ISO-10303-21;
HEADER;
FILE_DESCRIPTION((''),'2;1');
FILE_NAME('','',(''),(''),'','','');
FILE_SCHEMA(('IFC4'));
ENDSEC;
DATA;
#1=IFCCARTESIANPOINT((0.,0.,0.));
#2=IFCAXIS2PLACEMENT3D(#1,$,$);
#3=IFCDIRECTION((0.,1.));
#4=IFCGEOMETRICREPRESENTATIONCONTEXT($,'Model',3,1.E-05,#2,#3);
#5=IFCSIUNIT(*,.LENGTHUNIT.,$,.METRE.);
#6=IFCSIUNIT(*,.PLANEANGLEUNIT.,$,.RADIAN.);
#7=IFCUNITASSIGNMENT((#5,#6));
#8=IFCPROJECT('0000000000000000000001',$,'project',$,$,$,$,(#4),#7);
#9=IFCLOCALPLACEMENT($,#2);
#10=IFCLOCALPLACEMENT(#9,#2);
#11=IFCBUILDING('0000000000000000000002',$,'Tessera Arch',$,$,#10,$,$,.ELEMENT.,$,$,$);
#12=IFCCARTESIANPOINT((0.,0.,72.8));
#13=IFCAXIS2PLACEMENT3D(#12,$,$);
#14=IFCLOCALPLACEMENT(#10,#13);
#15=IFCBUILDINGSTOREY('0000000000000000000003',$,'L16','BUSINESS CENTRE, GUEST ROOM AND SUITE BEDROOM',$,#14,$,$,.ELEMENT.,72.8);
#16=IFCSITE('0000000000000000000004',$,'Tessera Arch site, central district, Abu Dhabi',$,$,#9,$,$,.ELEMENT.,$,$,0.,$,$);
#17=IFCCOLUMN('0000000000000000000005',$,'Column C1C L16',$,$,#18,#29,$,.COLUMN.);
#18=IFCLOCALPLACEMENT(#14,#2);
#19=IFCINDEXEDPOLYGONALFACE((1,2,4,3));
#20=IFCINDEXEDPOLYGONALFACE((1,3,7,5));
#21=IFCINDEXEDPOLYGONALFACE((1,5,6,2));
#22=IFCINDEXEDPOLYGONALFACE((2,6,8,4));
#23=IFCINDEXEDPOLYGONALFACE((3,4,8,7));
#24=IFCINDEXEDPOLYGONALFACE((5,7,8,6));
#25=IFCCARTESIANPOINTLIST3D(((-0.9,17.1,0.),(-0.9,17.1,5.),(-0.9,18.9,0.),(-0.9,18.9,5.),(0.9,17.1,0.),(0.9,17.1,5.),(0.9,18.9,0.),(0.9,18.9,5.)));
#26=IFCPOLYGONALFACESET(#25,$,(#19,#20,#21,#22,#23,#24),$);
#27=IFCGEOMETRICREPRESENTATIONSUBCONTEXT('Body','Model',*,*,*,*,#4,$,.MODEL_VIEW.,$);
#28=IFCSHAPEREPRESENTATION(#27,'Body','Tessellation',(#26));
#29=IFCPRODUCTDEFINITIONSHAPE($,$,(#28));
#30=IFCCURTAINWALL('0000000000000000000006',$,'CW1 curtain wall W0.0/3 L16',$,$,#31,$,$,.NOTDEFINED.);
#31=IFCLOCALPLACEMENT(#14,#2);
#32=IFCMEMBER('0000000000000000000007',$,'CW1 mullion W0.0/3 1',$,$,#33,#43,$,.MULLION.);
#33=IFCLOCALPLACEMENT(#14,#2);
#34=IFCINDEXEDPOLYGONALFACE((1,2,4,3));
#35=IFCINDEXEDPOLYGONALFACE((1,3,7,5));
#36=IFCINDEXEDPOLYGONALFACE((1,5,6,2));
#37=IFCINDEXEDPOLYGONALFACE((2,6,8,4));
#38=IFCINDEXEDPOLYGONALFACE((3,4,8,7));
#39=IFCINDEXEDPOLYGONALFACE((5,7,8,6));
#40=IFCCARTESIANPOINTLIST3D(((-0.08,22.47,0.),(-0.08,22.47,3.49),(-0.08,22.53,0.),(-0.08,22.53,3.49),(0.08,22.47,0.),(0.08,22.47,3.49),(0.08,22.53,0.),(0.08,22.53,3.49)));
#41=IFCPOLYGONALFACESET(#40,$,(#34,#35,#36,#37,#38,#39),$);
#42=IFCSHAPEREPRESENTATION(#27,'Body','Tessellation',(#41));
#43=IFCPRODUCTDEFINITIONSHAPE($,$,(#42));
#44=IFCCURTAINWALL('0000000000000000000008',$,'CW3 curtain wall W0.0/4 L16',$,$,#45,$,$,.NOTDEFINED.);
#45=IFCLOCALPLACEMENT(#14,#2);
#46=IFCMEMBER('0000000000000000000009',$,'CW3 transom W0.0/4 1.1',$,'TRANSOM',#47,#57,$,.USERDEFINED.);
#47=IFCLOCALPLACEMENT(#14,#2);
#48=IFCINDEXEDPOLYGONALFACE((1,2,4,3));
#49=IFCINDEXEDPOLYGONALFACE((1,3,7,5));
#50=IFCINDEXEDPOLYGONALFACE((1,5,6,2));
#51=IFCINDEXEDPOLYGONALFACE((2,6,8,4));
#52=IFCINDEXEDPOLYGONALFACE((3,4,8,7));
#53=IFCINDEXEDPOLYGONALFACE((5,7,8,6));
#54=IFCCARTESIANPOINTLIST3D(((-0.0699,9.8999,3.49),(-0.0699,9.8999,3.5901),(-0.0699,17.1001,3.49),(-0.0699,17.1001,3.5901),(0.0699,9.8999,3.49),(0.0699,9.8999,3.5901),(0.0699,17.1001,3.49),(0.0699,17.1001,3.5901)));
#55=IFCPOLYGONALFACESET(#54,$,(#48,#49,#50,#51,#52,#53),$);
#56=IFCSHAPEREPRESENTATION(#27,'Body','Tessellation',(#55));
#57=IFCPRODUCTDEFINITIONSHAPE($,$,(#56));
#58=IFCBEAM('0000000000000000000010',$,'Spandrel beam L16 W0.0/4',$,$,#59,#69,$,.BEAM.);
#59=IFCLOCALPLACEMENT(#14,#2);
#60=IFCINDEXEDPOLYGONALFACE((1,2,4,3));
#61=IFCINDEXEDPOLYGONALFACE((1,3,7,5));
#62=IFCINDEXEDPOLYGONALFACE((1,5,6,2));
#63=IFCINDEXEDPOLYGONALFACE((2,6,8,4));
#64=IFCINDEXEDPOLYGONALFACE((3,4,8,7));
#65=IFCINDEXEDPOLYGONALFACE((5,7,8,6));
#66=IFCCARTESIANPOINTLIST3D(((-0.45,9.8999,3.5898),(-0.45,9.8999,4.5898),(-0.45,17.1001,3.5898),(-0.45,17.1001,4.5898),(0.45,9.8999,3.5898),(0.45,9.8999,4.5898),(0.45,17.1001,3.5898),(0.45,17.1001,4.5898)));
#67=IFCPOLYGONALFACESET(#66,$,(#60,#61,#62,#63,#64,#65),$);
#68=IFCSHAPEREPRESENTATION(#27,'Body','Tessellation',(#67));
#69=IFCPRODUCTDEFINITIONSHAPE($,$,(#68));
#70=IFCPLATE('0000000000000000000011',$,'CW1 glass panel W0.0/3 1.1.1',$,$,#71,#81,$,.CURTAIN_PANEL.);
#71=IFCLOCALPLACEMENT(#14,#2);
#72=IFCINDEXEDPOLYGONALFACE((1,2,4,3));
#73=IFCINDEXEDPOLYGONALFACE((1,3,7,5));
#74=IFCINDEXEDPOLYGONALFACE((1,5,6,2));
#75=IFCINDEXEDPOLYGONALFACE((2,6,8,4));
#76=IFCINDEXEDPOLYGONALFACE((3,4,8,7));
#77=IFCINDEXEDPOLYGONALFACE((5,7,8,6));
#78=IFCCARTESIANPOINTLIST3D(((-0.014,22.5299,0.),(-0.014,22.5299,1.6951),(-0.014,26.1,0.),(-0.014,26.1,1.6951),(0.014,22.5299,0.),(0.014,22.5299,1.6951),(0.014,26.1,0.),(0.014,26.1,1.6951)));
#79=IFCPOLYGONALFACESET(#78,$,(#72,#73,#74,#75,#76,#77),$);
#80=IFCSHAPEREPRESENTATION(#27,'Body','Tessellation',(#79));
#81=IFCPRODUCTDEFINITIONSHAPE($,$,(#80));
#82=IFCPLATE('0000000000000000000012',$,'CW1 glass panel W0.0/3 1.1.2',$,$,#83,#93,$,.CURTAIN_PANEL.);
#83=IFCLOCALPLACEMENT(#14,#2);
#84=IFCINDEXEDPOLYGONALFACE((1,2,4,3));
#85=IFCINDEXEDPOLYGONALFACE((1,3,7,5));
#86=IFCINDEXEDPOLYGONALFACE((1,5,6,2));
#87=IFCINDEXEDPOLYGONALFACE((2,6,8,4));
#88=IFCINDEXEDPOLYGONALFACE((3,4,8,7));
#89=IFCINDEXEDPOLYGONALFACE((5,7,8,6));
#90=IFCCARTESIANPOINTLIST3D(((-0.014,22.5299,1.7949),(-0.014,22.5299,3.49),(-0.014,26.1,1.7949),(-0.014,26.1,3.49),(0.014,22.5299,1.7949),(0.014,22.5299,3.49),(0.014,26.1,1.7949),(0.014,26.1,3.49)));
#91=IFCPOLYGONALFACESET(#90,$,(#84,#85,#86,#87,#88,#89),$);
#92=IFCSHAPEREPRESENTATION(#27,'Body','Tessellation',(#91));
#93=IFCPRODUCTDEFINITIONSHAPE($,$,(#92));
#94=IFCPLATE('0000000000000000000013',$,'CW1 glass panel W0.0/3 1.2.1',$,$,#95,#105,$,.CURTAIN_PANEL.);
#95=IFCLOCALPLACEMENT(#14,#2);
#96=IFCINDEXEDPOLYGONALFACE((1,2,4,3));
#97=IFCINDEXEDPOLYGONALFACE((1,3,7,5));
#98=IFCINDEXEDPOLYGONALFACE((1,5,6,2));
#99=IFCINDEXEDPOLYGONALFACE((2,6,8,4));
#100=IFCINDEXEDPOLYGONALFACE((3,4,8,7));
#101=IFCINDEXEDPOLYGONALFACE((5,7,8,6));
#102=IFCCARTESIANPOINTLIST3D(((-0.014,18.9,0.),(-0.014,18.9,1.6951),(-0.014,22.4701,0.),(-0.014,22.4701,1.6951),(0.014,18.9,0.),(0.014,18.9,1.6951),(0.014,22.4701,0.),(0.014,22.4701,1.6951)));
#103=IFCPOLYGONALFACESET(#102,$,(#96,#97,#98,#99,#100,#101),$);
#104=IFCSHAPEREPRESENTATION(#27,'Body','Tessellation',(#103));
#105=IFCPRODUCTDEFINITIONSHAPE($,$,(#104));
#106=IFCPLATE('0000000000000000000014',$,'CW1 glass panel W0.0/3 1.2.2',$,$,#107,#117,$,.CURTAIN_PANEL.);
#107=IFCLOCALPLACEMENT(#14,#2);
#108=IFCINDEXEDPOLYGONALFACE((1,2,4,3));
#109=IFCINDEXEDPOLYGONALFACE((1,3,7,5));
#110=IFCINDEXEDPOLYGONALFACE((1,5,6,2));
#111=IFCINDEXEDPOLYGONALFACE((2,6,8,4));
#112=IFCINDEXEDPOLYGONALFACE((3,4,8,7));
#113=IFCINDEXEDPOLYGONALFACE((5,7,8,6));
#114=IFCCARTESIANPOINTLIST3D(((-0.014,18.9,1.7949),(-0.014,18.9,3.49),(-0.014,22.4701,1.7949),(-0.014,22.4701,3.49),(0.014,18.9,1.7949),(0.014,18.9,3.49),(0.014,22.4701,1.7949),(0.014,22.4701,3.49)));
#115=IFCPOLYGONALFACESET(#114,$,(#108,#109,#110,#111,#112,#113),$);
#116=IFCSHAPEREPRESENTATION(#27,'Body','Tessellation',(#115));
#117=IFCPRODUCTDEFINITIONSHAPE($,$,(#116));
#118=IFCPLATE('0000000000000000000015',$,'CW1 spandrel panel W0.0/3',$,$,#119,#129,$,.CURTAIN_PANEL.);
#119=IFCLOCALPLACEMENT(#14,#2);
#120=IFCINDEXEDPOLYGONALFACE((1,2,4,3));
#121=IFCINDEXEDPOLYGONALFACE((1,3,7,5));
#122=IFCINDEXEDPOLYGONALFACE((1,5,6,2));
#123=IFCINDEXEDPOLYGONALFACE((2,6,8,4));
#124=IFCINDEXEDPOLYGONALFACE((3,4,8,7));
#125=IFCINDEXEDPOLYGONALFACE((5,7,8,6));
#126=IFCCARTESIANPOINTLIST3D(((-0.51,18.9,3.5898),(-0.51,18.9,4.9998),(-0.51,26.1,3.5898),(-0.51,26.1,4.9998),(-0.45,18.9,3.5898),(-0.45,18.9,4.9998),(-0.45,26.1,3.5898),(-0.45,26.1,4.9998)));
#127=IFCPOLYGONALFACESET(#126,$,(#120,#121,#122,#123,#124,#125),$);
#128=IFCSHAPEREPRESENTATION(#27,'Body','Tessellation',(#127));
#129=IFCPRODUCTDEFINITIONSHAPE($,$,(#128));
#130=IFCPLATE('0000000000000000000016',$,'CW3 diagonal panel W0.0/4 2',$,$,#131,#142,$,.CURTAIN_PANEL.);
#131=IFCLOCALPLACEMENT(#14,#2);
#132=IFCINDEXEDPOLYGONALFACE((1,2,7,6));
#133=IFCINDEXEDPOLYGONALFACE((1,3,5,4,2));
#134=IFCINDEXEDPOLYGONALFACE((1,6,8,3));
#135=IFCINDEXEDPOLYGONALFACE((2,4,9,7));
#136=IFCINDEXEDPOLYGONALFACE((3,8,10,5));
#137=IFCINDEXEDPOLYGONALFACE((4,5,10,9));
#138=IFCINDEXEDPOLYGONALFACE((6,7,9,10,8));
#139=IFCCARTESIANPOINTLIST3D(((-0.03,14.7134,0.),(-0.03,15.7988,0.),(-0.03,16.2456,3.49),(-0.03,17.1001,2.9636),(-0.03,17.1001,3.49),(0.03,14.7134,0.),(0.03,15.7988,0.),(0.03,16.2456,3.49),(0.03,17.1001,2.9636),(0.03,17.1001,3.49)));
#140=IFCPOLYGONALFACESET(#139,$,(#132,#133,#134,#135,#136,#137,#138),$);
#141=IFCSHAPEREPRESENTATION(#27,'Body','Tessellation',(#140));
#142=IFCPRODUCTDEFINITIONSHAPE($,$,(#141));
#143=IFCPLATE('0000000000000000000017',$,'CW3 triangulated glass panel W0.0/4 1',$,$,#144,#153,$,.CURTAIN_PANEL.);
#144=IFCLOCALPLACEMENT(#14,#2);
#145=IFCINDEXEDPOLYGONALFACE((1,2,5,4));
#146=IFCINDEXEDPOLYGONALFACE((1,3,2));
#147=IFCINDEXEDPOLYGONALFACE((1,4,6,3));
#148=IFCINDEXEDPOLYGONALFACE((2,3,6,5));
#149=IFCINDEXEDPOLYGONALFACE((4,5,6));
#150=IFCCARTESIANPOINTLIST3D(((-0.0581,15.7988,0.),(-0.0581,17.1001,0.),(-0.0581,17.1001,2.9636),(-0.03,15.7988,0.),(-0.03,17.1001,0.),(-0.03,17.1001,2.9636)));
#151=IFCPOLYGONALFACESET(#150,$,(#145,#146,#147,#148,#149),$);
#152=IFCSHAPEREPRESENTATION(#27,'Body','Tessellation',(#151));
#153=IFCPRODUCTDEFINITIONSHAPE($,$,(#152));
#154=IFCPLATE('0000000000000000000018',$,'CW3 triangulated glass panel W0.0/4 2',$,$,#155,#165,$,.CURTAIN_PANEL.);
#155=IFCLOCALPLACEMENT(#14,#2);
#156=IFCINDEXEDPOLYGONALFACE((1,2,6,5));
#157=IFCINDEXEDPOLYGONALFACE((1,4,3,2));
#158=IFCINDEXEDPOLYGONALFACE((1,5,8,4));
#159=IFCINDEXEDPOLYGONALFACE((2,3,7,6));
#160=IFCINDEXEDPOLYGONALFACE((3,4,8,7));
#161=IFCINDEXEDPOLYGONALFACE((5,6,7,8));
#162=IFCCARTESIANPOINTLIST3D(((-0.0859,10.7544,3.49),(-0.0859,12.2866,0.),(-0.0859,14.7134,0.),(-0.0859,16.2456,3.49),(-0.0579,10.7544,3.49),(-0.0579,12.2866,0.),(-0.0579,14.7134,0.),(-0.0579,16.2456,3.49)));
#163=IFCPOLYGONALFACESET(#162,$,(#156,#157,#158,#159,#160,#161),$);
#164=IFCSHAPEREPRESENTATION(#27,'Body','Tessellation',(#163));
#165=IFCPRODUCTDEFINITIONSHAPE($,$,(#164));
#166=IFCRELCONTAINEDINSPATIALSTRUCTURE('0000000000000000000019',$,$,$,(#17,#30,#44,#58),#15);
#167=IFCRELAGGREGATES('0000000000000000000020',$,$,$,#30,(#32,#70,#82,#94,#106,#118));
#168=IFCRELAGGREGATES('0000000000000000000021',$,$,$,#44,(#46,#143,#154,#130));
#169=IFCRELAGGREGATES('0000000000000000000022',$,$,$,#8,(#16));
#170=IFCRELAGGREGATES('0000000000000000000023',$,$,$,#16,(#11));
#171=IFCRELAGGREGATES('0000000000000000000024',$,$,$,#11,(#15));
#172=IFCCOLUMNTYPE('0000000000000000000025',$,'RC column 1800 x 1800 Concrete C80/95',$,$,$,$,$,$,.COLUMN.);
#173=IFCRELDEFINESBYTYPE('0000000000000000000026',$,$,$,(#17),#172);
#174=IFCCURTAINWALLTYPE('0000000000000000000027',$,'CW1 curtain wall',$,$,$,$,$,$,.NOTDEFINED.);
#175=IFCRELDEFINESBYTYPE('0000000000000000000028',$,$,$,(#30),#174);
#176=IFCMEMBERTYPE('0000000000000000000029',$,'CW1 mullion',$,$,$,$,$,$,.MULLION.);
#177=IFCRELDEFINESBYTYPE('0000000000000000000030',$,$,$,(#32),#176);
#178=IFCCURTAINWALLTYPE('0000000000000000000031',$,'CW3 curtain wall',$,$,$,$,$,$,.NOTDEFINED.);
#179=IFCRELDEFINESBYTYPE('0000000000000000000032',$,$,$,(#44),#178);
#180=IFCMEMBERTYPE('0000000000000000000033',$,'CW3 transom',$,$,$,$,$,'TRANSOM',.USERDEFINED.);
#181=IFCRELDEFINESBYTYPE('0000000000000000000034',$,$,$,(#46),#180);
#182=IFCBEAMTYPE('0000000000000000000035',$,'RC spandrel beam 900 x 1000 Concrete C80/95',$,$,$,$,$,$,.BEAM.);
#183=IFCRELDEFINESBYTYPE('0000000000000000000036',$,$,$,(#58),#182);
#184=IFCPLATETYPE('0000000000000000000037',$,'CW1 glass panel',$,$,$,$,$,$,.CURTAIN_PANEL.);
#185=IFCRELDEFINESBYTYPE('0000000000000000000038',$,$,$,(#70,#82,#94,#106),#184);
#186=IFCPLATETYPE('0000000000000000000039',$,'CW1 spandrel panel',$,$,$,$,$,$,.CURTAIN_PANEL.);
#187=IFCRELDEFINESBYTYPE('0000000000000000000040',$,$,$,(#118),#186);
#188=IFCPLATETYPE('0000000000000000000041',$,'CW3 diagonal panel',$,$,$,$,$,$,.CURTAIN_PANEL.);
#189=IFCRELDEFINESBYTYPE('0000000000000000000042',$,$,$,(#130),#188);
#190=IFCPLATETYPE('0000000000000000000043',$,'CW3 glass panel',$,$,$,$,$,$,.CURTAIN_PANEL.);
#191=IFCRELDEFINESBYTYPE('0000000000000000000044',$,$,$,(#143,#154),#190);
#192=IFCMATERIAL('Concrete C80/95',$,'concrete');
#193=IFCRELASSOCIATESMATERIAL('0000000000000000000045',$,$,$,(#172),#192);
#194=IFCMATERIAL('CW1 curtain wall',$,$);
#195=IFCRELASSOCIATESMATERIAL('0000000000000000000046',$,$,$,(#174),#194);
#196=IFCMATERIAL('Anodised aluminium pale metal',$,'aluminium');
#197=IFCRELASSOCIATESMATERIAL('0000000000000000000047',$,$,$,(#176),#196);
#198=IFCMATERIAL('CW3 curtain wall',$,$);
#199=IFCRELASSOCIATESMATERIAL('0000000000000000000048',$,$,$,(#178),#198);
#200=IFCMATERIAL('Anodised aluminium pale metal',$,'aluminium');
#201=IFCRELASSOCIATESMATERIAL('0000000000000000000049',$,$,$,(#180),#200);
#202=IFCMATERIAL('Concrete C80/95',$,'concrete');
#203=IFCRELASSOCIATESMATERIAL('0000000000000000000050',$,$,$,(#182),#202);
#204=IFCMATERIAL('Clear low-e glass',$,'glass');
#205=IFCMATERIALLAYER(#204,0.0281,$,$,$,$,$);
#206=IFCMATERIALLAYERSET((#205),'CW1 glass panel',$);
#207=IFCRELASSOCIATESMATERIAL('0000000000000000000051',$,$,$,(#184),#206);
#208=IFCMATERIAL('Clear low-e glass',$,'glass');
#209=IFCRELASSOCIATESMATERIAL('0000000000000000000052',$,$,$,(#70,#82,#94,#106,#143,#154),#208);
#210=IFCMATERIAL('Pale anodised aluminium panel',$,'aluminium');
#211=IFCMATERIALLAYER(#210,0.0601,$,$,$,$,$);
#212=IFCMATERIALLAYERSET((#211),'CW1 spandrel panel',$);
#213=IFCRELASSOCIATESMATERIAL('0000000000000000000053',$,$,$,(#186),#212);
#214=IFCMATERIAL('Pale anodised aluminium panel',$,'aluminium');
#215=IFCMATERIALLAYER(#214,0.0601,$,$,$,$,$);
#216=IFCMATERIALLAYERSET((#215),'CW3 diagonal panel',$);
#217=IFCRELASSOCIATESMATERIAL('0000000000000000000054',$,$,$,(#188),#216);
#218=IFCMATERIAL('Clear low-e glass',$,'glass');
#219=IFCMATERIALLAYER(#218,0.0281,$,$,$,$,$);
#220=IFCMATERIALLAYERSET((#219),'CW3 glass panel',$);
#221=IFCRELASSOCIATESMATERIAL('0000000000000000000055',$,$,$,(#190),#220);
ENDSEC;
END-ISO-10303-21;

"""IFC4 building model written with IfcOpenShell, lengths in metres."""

from ifc_helpers import new_model, si_unit, direction, frame, origin, origin_2d, place, context, subcontext, project, spatial, polyline, rectangle, outline, extrude, material, layer, layer_set, material_profile, profile_set, type_object, element, aggregate, save


model = new_model("IFC4")

# Units and contexts
model_context = context("Model", 3, precision=1e-05, world=origin(), true_north=direction((0.0, 1.0)))
body_context = subcontext(model_context, "Body", "Model", "MODEL_VIEW")
ifc_project = project(units=[si_unit("LENGTHUNIT", "METRE"), si_unit("PLANEANGLEUNIT", "RADIAN")], contexts=[model_context])

# Site, building, storey
site_placement = place(None, origin())
site = spatial("IfcSite", under=ifc_project, at=site_placement, Name="Tessera Arch site, central district, Abu Dhabi", CompositionType="ELEMENT", RefElevation=0.0)
building_placement = place(site_placement, origin())
building = spatial("IfcBuilding", under=site, at=building_placement, Name="Tessera Arch", CompositionType="ELEMENT")
storey_placement = place(building_placement, frame((0.0, 0.0, 72.8)))
storey = spatial("IfcBuildingStorey", under=building, at=storey_placement, Name="L16", Description="BUSINESS CENTRE, GUEST ROOM AND SUITE BEDROOM", CompositionType="ELEMENT", Elevation=72.8)

# Column
ifc_material_1 = material(Name="Concrete C80/95", Category="concrete")
ifc_material_profile_1 = material_profile(ifc_material_1, rectangle(XDim=1.8, YDim=1.8, at=origin_2d()), Name="RC column 1800 x 1800 Concrete C80/95")
ifc_profile_set_1 = profile_set([ifc_material_profile_1], Name="Concrete C80/95")
column_type = type_object("IfcColumnType", Name="RC column 1800 x 1800 Concrete C80/95", PredefinedType="COLUMN", material=ifc_profile_set_1)
column_placement = place(storey_placement, frame((0.0, 18.0, 0.0), z_axis=(0.0, 0.0, 1.0), x_axis=(1.0, 0.0, 0.0)))
element("IfcColumn", 1, at=column_placement, inside=storey, type_object=column_type, Name="Column C1C L16", PredefinedType="COLUMN", context=body_context, shape_type="SweptSolid", body=[
    extrude(rectangle(XDim=1.8, YDim=1.8, at=origin_2d()), origin(), (0.0, 0.0, 1.0), 5.0),
])

# Curtain walls, members
ifc_material_2 = material(Name="CW1 curtain wall")
curtain_wall_type_1 = type_object("IfcCurtainWallType", Name="CW1 curtain wall", PredefinedType="NOTDEFINED", material=ifc_material_2)
curtain_wall_1_placement = place(storey_placement, origin())
curtain_wall_1 = element("IfcCurtainWall", 2, at=curtain_wall_1_placement, inside=storey, type_object=curtain_wall_type_1, Name="CW1 curtain wall W0.0/3 L16", PredefinedType="NOTDEFINED")
ifc_material_3 = material(Name="Anodised aluminium pale metal", Category="aluminium")
ifc_material_profile_2 = material_profile(ifc_material_3, rectangle(XDim=0.1599, YDim=0.0601, at=origin_2d()), Name="AL 60x160")
ifc_profile_set_2 = profile_set([ifc_material_profile_2], Name="Anodised aluminium pale metal")
member_type_1 = type_object("IfcMemberType", Name="CW1 mullion", PredefinedType="MULLION", material=ifc_profile_set_2)
member_1_placement = place(storey_placement, frame((0.0, 22.5, 0.0), z_axis=(0.0, 0.0, 1.0), x_axis=(1.0, 0.0, 0.0)))
member_1 = element("IfcMember", 3, at=member_1_placement, type_object=member_type_1, Name="CW1 mullion W0.0/3 1", PredefinedType="MULLION", context=body_context, shape_type="SweptSolid", body=[
    extrude(rectangle(XDim=0.1599, YDim=0.0601, at=origin_2d()), origin(), (0.0, 0.0, 1.0), 3.49),
])
ifc_material_4 = material(Name="CW3 curtain wall")
curtain_wall_type_2 = type_object("IfcCurtainWallType", Name="CW3 curtain wall", PredefinedType="NOTDEFINED", material=ifc_material_4)
curtain_wall_2_placement = place(storey_placement, origin())
curtain_wall_2 = element("IfcCurtainWall", 4, at=curtain_wall_2_placement, inside=storey, type_object=curtain_wall_type_2, Name="CW3 curtain wall W0.0/4 L16", PredefinedType="NOTDEFINED")
ifc_material_5 = material(Name="Anodised aluminium pale metal", Category="aluminium")
ifc_material_profile_3 = material_profile(ifc_material_5, rectangle(XDim=0.1399, YDim=0.1001, at=origin_2d()), Name="AL 140x100")
ifc_profile_set_3 = profile_set([ifc_material_profile_3], Name="Anodised aluminium pale metal")
member_type_2 = type_object("IfcMemberType", Name="CW3 transom", ElementType="TRANSOM", PredefinedType="USERDEFINED", material=ifc_profile_set_3)
member_2_placement = place(storey_placement, frame((0.0, 17.1001, 3.54), z_axis=(0.0, -1.0, 0.0), x_axis=(1.0, 0.0, 0.0)))
member_2 = element("IfcMember", 5, at=member_2_placement, type_object=member_type_2, Name="CW3 transom W0.0/4 1.1", ObjectType="TRANSOM", PredefinedType="USERDEFINED", context=body_context, shape_type="SweptSolid", body=[
    extrude(rectangle(XDim=0.1399, YDim=0.1001, at=origin_2d()), origin(), (0.0, 0.0, 1.0), 7.2002),
])

# Beam
ifc_material_6 = material(Name="Concrete C80/95", Category="concrete")
ifc_material_profile_4 = material_profile(ifc_material_6, rectangle(XDim=0.8999, YDim=1.0, at=origin_2d()), Name="RC spandrel beam 900 x 1000 Concrete C80/95")
ifc_profile_set_4 = profile_set([ifc_material_profile_4], Name="Concrete C80/95")
beam_type = type_object("IfcBeamType", Name="RC spandrel beam 900 x 1000 Concrete C80/95", PredefinedType="BEAM", material=ifc_profile_set_4)
beam_placement = place(storey_placement, frame((0.0, 17.1001, 4.0898), z_axis=(0.0, -1.0, 0.0), x_axis=(1.0, 0.0, 0.0)))
element("IfcBeam", 6, at=beam_placement, inside=storey, type_object=beam_type, Name="Spandrel beam L16 W0.0/4", PredefinedType="BEAM", context=body_context, shape_type="SweptSolid", body=[
    extrude(rectangle(XDim=0.8999, YDim=1.0, at=origin_2d()), origin(), (0.0, 0.0, 1.0), 7.2002),
])

# Plates
ifc_material_7 = material(Name="Clear low-e glass", Category="glass")
ifc_material_8 = material(Name="Clear low-e glass", Category="glass")
ifc_layer_1 = layer(ifc_material_8, 0.0281)
ifc_layer_set_1 = layer_set([ifc_layer_1], Name="CW1 glass panel")
plate_type_1 = type_object("IfcPlateType", Name="CW1 glass panel", PredefinedType="CURTAIN_PANEL", material=ifc_layer_set_1)
plate_1_placement = place(storey_placement, frame((0.0, 24.3149, 0.0), z_axis=(0.0, 0.0, 1.0), x_axis=(0.0, -1.0, 0.0)))
plate_1 = element("IfcPlate", 7, at=plate_1_placement, type_object=plate_type_1, material=ifc_material_7, Name="CW1 glass panel W0.0/3 1.1.1", PredefinedType="CURTAIN_PANEL", context=body_context, shape_type="SweptSolid", body=[
    extrude(rectangle(XDim=3.5701, YDim=0.0281, at=origin_2d()), origin(), (0.0, 0.0, 1.0), 1.6951),
])
plate_2_placement = place(storey_placement, frame((0.0, 24.3149, 1.7949), z_axis=(0.0, 0.0, 1.0), x_axis=(0.0, -1.0, 0.0)))
plate_2 = element("IfcPlate", 8, at=plate_2_placement, type_object=plate_type_1, material=ifc_material_7, Name="CW1 glass panel W0.0/3 1.1.2", PredefinedType="CURTAIN_PANEL", context=body_context, shape_type="SweptSolid", body=[
    extrude(rectangle(XDim=3.5701, YDim=0.0281, at=origin_2d()), origin(), (0.0, 0.0, 1.0), 1.6951),
])
plate_3_placement = place(storey_placement, frame((0.0, 20.6851, 0.0), z_axis=(0.0, 0.0, 1.0), x_axis=(0.0, -1.0, 0.0)))
plate_3 = element("IfcPlate", 9, at=plate_3_placement, type_object=plate_type_1, material=ifc_material_7, Name="CW1 glass panel W0.0/3 1.2.1", PredefinedType="CURTAIN_PANEL", context=body_context, shape_type="SweptSolid", body=[
    extrude(rectangle(XDim=3.5701, YDim=0.0281, at=origin_2d()), origin(), (0.0, 0.0, 1.0), 1.6951),
])
plate_4_placement = place(storey_placement, frame((0.0, 20.6851, 1.7949), z_axis=(0.0, 0.0, 1.0), x_axis=(0.0, -1.0, 0.0)))
plate_4 = element("IfcPlate", 10, at=plate_4_placement, type_object=plate_type_1, material=ifc_material_7, Name="CW1 glass panel W0.0/3 1.2.2", PredefinedType="CURTAIN_PANEL", context=body_context, shape_type="SweptSolid", body=[
    extrude(rectangle(XDim=3.5701, YDim=0.0281, at=origin_2d()), origin(), (0.0, 0.0, 1.0), 1.6951),
])
ifc_material_9 = material(Name="Pale anodised aluminium panel", Category="aluminium")
ifc_layer_2 = layer(ifc_material_9, 0.0601)
ifc_layer_set_2 = layer_set([ifc_layer_2], Name="CW1 spandrel panel")
plate_type_2 = type_object("IfcPlateType", Name="CW1 spandrel panel", PredefinedType="CURTAIN_PANEL", material=ifc_layer_set_2)
plate_5_placement = place(storey_placement, frame((-0.48, 22.5, 3.5898), z_axis=(0.0, 0.0, 1.0), x_axis=(0.0, -1.0, 0.0)))
plate_5 = element("IfcPlate", 11, at=plate_5_placement, type_object=plate_type_2, Name="CW1 spandrel panel W0.0/3", PredefinedType="CURTAIN_PANEL", context=body_context, shape_type="SweptSolid", body=[
    extrude(rectangle(XDim=7.2, YDim=0.0601, at=origin_2d()), origin(), (0.0, 0.0, 1.0), 1.4099),
])
aggregate(curtain_wall_1, [member_1, plate_1, plate_2, plate_3, plate_4, plate_5])
ifc_material_10 = material(Name="Pale anodised aluminium panel", Category="aluminium")
ifc_layer_3 = layer(ifc_material_10, 0.0601)
ifc_layer_set_3 = layer_set([ifc_layer_3], Name="CW3 diagonal panel")
plate_type_3 = type_object("IfcPlateType", Name="CW3 diagonal panel", PredefinedType="CURTAIN_PANEL", material=ifc_layer_set_3)
plate_6_placement = place(storey_placement, frame((-0.03, 17.1001, 3.49), z_axis=(-1.0, 0.0, 0.0), x_axis=(0.0, 0.0, -1.0)))
plate_6 = element("IfcPlate", 12, at=plate_6_placement, type_object=plate_type_3, Name="CW3 diagonal panel W0.0/4 2", PredefinedType="CURTAIN_PANEL", context=body_context, shape_type="SweptSolid", body=[
    extrude(outline(polyline([(0.0, 0.0), (0.5264, 0.0), (3.49, 1.3013), (3.49, 2.3867), (0.0, 0.8545), (0.0, 0.0)])), origin(), (0.0, 0.0, -1.0), 0.0601),
])
ifc_material_11 = material(Name="Clear low-e glass", Category="glass")
ifc_layer_4 = layer(ifc_material_11, 0.0281)
ifc_layer_set_4 = layer_set([ifc_layer_4], Name="CW3 glass panel")
plate_type_4 = type_object("IfcPlateType", Name="CW3 glass panel", PredefinedType="CURTAIN_PANEL", material=ifc_layer_set_4)
plate_7_placement = place(storey_placement, frame((-0.0581, 17.1001, 0.0), z_axis=(-1.0, 0.0, 0.0), x_axis=(0.0, -1.0, 0.0)))
plate_7 = element("IfcPlate", 13, at=plate_7_placement, type_object=plate_type_4, material=ifc_material_7, Name="CW3 triangulated glass panel W0.0/4 1", PredefinedType="CURTAIN_PANEL", context=body_context, shape_type="SweptSolid", body=[
    extrude(outline(polyline([(0.0, 0.0), (1.3013, 0.0), (0.0, 2.9636), (0.0, 0.0)])), origin(), (0.0, 0.0, -1.0), 0.0281),
])
plate_8_placement = place(storey_placement, frame((-0.0859, 10.7544, 3.49), z_axis=(-1.0, 0.0, 0.0), x_axis=(0.0, 1.0, 0.0)))
plate_8 = element("IfcPlate", 14, at=plate_8_placement, type_object=plate_type_4, material=ifc_material_7, Name="CW3 triangulated glass panel W0.0/4 2", PredefinedType="CURTAIN_PANEL", context=body_context, shape_type="SweptSolid", body=[
    extrude(outline(polyline([(0.0, 0.0), (5.4912, 0.0), (3.959, 3.49), (1.5322, 3.49), (0.0, 0.0)])), origin(), (0.0, 0.0, -1.0), 0.0281),
])
aggregate(curtain_wall_2, [member_2, plate_7, plate_8, plate_6])

save(model, "model.ifc")
